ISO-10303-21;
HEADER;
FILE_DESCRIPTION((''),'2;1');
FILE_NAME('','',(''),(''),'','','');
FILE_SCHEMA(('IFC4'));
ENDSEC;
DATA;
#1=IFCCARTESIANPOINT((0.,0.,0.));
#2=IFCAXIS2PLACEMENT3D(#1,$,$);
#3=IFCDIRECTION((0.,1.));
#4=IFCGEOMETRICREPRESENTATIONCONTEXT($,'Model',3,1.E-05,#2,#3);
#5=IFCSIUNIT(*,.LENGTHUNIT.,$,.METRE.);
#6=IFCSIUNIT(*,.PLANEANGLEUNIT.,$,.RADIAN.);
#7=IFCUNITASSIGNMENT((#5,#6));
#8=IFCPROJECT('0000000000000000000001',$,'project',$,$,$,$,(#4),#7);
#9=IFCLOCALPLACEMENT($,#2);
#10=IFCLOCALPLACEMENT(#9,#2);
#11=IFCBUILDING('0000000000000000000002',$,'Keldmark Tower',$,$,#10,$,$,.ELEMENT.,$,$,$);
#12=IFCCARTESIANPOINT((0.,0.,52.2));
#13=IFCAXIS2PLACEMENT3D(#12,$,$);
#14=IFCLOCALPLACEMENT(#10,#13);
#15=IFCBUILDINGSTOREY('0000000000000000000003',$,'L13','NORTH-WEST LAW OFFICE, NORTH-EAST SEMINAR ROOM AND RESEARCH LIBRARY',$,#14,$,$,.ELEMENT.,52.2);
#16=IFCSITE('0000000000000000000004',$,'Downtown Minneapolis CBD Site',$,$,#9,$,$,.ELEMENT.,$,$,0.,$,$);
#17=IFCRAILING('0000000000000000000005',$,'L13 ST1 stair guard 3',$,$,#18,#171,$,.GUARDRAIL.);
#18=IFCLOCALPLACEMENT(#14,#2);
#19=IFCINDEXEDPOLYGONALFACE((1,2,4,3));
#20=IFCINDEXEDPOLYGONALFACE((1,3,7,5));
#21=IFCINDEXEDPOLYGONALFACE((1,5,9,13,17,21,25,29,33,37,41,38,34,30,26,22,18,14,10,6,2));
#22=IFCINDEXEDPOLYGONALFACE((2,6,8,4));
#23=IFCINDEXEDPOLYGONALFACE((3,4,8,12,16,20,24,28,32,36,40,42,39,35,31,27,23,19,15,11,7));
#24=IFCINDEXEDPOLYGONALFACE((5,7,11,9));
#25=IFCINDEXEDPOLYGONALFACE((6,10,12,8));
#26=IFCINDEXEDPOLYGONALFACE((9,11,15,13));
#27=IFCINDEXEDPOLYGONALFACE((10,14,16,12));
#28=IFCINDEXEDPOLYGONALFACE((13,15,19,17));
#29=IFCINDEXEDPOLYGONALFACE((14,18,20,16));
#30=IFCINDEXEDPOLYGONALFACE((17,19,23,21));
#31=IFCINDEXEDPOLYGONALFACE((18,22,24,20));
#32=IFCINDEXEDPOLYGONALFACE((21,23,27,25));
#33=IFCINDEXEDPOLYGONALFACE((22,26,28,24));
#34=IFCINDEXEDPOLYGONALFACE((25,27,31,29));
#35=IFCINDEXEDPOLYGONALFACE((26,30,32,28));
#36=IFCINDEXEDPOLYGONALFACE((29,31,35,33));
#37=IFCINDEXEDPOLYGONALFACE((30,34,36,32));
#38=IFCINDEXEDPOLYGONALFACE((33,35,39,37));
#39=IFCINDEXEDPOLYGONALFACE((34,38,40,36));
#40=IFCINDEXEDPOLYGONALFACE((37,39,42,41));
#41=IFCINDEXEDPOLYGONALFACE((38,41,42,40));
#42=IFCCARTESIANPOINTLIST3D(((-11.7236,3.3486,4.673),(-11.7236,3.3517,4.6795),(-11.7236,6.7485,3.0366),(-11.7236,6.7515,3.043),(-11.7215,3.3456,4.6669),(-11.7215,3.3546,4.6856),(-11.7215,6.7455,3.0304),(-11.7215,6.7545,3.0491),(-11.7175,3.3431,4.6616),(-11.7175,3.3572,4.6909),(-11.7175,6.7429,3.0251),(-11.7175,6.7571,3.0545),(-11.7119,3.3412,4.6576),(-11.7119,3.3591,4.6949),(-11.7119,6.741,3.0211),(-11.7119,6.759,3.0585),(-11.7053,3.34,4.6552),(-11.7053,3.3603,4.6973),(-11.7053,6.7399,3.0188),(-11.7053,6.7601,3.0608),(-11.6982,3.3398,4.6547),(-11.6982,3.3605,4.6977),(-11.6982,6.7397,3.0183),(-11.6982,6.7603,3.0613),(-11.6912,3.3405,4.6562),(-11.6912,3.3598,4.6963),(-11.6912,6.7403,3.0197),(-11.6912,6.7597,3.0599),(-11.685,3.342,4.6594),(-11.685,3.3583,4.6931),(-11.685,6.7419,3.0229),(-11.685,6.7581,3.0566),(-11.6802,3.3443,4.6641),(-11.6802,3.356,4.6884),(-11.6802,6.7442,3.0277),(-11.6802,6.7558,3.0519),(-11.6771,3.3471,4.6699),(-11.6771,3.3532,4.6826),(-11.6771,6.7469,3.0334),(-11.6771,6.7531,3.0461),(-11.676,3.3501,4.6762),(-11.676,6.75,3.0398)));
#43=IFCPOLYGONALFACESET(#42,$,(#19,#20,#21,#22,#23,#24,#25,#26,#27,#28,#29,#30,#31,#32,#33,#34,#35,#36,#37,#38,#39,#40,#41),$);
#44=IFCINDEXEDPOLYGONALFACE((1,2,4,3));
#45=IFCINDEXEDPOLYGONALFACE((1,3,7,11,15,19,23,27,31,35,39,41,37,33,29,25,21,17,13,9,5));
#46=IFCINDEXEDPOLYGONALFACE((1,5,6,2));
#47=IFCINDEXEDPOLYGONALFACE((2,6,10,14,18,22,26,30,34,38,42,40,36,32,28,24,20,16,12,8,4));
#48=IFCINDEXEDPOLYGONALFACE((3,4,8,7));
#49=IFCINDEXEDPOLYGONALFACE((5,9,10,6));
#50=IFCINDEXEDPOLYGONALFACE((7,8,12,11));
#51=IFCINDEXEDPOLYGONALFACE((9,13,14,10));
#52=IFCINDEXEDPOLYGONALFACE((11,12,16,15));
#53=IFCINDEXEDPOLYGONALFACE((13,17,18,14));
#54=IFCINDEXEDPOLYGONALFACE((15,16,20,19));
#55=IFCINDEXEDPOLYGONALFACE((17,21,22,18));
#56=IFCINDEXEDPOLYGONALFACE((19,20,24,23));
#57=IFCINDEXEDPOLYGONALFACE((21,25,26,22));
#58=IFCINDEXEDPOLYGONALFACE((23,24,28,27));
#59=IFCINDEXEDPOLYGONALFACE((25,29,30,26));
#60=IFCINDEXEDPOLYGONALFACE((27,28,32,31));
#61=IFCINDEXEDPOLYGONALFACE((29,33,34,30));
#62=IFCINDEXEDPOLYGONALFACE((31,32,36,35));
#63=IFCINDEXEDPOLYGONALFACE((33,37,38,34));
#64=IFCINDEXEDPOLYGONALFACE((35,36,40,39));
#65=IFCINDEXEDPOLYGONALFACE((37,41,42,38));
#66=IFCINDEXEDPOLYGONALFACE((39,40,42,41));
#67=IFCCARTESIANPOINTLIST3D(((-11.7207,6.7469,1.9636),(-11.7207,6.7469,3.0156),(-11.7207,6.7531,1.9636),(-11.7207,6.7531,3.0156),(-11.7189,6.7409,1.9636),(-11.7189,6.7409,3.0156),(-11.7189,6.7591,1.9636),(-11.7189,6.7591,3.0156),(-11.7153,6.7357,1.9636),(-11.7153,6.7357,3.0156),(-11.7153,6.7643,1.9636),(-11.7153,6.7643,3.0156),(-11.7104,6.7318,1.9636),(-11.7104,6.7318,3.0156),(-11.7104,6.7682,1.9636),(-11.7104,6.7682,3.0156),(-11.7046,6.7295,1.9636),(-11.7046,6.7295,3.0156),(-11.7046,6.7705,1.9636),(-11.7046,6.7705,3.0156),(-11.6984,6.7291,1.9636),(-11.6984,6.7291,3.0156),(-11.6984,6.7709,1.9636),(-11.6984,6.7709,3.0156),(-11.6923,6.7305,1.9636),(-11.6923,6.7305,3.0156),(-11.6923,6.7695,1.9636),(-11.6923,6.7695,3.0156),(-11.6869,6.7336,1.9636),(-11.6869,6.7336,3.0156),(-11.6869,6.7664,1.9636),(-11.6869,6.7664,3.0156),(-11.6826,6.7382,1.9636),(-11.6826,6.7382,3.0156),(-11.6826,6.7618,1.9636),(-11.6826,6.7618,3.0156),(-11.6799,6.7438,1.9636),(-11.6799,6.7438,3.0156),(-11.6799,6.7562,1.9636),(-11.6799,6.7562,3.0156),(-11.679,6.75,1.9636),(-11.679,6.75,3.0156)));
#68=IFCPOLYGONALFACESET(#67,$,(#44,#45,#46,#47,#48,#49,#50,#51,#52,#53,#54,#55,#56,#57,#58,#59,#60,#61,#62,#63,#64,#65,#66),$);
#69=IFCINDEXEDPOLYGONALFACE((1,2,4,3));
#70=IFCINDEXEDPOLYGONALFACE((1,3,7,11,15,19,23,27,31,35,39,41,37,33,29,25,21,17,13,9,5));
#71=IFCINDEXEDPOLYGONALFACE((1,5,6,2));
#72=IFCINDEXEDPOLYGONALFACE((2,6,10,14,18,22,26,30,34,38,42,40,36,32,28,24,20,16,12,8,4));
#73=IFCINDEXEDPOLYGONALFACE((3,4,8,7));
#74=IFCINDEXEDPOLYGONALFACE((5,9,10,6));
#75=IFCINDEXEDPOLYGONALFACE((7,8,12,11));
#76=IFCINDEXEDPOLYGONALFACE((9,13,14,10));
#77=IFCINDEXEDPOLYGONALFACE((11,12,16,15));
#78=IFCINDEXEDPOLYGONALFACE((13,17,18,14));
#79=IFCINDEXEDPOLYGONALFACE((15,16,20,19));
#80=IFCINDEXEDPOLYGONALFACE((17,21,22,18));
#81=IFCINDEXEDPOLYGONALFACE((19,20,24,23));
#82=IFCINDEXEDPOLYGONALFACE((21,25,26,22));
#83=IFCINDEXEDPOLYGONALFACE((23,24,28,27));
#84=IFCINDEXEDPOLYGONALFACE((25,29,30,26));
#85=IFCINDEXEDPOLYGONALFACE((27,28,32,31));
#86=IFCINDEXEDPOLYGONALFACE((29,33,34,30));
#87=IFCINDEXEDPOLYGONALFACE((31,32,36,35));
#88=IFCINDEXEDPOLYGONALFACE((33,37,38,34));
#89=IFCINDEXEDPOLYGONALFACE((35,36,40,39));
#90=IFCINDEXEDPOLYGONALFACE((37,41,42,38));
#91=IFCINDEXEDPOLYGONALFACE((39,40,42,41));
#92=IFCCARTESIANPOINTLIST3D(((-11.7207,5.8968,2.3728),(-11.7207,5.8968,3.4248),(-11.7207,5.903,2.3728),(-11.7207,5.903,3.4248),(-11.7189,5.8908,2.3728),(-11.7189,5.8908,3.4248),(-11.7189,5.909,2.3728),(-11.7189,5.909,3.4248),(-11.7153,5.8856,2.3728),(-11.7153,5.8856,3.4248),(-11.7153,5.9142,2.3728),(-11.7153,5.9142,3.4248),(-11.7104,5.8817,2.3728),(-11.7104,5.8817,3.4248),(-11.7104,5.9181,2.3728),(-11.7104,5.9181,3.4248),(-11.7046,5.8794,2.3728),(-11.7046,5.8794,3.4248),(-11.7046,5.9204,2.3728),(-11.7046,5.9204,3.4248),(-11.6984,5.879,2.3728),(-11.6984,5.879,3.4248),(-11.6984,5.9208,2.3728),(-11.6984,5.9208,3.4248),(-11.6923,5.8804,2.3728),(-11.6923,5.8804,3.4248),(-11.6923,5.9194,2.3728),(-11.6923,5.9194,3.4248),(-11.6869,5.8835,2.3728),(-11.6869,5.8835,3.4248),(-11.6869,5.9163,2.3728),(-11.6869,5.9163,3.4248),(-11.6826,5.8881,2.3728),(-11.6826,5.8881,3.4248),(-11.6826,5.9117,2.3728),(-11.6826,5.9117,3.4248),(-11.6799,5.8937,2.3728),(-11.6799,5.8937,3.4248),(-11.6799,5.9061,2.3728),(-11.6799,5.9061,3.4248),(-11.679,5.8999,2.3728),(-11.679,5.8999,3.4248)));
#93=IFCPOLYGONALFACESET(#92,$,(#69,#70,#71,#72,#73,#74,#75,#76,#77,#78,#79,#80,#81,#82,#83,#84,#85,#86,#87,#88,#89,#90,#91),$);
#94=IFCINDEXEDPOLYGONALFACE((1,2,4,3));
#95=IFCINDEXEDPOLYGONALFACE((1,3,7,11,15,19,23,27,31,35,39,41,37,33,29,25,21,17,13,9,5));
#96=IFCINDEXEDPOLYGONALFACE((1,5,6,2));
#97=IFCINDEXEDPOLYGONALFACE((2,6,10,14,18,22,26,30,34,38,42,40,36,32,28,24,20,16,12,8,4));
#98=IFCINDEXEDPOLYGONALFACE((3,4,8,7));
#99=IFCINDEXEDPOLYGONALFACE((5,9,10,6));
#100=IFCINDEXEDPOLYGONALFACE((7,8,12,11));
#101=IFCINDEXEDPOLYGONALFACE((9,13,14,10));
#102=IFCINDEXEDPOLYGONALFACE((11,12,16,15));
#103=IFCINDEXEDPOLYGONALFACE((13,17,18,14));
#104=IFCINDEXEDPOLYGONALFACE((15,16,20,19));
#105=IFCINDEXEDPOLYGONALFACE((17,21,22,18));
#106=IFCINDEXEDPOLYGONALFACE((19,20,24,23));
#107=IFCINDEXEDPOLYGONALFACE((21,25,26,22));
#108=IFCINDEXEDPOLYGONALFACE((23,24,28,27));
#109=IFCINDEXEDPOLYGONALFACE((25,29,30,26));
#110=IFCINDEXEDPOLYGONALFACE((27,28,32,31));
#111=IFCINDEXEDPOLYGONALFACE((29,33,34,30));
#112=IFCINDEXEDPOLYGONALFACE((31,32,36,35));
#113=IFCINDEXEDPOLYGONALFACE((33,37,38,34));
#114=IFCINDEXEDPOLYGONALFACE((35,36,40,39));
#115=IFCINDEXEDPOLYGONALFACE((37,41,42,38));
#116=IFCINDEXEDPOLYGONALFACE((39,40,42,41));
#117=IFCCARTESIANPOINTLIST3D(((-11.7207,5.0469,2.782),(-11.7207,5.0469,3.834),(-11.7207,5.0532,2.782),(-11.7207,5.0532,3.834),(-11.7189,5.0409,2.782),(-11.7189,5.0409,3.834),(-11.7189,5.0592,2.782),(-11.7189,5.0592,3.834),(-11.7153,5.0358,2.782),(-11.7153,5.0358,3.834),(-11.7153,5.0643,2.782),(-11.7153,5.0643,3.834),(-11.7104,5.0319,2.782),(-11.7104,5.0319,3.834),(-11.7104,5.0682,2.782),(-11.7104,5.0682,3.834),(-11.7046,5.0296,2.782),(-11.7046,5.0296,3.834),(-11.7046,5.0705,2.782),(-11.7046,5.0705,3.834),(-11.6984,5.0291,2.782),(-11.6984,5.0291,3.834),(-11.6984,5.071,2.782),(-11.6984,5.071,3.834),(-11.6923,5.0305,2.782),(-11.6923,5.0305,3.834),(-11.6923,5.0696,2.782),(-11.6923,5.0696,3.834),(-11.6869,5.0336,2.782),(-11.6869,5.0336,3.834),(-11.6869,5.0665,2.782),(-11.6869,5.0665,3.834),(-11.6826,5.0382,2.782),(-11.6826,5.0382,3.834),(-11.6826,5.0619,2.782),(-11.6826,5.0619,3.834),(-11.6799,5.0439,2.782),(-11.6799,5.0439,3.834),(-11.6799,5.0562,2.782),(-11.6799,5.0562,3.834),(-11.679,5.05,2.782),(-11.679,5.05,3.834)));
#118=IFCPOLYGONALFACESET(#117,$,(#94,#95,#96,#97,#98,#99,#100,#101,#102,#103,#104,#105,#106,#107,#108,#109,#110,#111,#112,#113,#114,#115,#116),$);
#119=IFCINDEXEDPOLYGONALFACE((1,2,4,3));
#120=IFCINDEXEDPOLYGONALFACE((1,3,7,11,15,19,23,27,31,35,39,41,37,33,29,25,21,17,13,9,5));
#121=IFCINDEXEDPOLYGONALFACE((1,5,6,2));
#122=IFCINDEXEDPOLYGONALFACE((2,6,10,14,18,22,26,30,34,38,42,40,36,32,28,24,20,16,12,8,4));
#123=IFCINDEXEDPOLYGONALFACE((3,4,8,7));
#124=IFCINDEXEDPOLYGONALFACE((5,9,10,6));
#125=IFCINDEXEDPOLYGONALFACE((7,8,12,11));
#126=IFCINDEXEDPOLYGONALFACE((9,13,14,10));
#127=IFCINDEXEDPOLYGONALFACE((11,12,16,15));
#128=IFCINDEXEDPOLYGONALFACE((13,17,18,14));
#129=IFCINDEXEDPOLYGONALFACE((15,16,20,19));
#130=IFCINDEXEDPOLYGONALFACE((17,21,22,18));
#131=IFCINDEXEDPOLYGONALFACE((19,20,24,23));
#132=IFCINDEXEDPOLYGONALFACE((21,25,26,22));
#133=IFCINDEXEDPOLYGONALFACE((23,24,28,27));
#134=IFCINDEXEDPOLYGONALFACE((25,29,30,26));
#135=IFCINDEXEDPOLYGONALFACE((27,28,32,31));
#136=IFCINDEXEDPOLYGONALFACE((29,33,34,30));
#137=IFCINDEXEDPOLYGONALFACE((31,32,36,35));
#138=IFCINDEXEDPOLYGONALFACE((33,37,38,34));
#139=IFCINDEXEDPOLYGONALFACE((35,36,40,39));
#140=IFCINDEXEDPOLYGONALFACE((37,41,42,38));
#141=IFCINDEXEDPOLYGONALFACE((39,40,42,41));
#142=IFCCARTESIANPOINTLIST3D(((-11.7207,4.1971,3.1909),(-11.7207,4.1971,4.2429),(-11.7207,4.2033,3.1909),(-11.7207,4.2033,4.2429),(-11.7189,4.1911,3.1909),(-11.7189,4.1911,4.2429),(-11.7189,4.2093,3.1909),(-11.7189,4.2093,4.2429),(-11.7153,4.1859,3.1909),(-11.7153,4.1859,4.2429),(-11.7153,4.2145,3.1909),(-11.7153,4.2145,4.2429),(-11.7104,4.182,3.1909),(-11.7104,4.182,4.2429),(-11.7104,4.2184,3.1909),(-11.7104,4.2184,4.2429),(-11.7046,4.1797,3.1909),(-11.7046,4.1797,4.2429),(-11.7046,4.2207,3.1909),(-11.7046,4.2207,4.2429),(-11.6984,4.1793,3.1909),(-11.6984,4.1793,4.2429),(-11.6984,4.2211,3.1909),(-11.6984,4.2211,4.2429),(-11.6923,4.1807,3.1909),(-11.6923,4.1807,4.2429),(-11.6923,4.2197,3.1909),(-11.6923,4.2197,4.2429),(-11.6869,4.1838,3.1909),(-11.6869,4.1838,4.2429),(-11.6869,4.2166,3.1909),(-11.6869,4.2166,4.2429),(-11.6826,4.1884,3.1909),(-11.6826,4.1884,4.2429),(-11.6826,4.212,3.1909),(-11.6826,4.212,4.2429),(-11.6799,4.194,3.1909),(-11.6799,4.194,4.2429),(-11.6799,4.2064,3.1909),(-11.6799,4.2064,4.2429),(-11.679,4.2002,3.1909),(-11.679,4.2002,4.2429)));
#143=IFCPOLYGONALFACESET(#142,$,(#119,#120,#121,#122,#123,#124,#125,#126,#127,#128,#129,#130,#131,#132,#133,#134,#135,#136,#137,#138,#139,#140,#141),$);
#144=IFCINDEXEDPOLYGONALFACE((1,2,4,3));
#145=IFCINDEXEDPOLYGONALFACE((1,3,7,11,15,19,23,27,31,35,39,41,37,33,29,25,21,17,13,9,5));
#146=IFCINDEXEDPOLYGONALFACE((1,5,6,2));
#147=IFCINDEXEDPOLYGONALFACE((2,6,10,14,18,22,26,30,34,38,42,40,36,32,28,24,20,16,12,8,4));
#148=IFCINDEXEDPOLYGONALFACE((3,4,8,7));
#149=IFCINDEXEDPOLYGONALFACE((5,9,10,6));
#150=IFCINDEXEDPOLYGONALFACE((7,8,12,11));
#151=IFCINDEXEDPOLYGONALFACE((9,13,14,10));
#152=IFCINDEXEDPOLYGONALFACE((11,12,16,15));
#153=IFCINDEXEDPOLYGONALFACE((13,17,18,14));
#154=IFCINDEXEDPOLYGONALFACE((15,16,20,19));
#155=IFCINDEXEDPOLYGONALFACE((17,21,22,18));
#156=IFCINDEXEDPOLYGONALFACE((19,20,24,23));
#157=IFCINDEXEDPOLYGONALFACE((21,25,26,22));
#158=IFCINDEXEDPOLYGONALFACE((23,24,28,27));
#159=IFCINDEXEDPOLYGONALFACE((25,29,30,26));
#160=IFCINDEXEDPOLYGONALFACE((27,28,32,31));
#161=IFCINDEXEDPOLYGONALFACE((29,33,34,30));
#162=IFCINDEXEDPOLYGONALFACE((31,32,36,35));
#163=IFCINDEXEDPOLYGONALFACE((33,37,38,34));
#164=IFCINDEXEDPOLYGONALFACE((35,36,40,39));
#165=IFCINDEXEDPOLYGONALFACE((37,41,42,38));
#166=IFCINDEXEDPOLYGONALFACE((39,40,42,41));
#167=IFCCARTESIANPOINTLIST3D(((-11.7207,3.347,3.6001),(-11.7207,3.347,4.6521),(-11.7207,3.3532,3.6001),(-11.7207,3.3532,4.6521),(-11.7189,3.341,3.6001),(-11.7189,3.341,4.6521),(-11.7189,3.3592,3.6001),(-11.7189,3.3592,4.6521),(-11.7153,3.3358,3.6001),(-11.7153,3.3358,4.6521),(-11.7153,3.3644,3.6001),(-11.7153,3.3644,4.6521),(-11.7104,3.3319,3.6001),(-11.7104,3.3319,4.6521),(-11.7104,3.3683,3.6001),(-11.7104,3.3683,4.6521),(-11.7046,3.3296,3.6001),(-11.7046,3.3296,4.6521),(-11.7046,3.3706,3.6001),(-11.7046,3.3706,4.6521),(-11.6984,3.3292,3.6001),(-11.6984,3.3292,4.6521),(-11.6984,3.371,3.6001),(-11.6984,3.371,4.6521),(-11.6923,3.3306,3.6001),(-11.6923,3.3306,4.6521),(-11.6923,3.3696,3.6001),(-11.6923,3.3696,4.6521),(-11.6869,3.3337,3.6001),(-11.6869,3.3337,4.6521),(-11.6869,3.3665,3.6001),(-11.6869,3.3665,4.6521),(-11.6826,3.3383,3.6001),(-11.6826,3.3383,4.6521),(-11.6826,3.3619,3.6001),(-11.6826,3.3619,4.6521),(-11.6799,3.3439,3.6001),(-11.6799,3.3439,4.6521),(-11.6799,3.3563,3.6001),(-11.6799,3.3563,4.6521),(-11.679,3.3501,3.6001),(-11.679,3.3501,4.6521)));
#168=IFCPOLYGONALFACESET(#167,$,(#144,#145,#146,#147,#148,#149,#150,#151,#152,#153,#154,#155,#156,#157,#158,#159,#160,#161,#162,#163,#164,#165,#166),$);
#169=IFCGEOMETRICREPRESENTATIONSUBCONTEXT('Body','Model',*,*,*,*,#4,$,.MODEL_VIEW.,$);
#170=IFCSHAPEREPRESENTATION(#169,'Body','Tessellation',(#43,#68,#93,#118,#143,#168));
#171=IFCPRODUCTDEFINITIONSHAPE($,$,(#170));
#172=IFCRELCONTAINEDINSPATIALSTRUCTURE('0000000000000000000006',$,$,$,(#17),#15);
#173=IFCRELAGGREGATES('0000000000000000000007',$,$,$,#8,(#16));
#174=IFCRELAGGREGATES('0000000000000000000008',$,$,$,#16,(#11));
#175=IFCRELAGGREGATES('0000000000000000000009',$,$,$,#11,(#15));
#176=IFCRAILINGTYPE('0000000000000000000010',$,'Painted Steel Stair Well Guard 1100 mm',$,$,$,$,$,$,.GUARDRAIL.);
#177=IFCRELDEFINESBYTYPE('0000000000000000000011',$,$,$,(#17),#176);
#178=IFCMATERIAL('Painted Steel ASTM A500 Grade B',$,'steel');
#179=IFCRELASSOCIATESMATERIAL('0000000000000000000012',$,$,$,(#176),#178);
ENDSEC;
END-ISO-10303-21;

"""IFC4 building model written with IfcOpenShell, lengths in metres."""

from ifc_helpers import new_model, si_unit, direction, frame, origin, origin_2d, place, context, subcontext, project, spatial, circle, extrude, material, type_object, element, save


model = new_model("IFC4")

# Units and contexts
model_context = context("Model", 3, precision=1e-05, world=origin(), true_north=direction((0.0, 1.0)))
body_context = subcontext(model_context, "Body", "Model", "MODEL_VIEW")
ifc_project = project(units=[si_unit("LENGTHUNIT", "METRE"), si_unit("PLANEANGLEUNIT", "RADIAN")], contexts=[model_context])

# Site, building, storey
site_placement = place(None, origin())
site = spatial("IfcSite", under=ifc_project, at=site_placement, Name="Downtown Minneapolis CBD Site", CompositionType="ELEMENT", RefElevation=0.0)
building_placement = place(site_placement, origin())
building = spatial("IfcBuilding", under=site, at=building_placement, Name="Keldmark Tower", CompositionType="ELEMENT")
storey_placement = place(building_placement, frame((0.0, 0.0, 52.2)))
storey = spatial("IfcBuildingStorey", under=building, at=storey_placement, Name="L13", Description="NORTH-WEST LAW OFFICE, NORTH-EAST SEMINAR ROOM AND RESEARCH LIBRARY", CompositionType="ELEMENT", Elevation=52.2)

# Railing
ifc_material_1 = material(Name="Painted Steel ASTM A500 Grade B", Category="steel")
railing_type_1 = type_object("IfcRailingType", Name="Painted Steel Stair Well Guard 1100 mm", PredefinedType="GUARDRAIL", material=ifc_material_1)
railing_1_placement = place(storey_placement, frame((-11.7, 6.75, 1.9636)))
element("IfcRailing", 1, at=railing_1_placement, inside=storey, type_object=railing_type_1, Name="L13 ST1 stair guard 3", PredefinedType="GUARDRAIL", context=body_context, shape_type="SweptSolid", body=[
    extrude(circle(Radius=0.0239, at=origin_2d()), frame((0.0, 0.0, 1.0762), z_axis=(0.0, -0.901055, 0.433705), x_axis=(1.0, 0.0, 0.0)), (0.0, 0.0, 1.0), 3.7732),
    extrude(circle(Radius=0.021, at=origin_2d()), origin(), (0.0, 0.0, 1.0), 1.052),
    extrude(circle(Radius=0.021, at=origin_2d()), frame((0.0, -0.8501, 0.4092)), (0.0, 0.0, 1.0), 1.052),
    extrude(circle(Radius=0.021, at=origin_2d()), frame((0.0, -1.7, 0.8184)), (0.0, 0.0, 1.0), 1.052),
    extrude(circle(Radius=0.021, at=origin_2d()), frame((0.0, -2.5498, 1.2273)), (0.0, 0.0, 1.0), 1.052),
    extrude(circle(Radius=0.021, at=origin_2d()), frame((0.0, -3.3999, 1.6365)), (0.0, 0.0, 1.0), 1.052),
])

save(model, "model.ifc")
